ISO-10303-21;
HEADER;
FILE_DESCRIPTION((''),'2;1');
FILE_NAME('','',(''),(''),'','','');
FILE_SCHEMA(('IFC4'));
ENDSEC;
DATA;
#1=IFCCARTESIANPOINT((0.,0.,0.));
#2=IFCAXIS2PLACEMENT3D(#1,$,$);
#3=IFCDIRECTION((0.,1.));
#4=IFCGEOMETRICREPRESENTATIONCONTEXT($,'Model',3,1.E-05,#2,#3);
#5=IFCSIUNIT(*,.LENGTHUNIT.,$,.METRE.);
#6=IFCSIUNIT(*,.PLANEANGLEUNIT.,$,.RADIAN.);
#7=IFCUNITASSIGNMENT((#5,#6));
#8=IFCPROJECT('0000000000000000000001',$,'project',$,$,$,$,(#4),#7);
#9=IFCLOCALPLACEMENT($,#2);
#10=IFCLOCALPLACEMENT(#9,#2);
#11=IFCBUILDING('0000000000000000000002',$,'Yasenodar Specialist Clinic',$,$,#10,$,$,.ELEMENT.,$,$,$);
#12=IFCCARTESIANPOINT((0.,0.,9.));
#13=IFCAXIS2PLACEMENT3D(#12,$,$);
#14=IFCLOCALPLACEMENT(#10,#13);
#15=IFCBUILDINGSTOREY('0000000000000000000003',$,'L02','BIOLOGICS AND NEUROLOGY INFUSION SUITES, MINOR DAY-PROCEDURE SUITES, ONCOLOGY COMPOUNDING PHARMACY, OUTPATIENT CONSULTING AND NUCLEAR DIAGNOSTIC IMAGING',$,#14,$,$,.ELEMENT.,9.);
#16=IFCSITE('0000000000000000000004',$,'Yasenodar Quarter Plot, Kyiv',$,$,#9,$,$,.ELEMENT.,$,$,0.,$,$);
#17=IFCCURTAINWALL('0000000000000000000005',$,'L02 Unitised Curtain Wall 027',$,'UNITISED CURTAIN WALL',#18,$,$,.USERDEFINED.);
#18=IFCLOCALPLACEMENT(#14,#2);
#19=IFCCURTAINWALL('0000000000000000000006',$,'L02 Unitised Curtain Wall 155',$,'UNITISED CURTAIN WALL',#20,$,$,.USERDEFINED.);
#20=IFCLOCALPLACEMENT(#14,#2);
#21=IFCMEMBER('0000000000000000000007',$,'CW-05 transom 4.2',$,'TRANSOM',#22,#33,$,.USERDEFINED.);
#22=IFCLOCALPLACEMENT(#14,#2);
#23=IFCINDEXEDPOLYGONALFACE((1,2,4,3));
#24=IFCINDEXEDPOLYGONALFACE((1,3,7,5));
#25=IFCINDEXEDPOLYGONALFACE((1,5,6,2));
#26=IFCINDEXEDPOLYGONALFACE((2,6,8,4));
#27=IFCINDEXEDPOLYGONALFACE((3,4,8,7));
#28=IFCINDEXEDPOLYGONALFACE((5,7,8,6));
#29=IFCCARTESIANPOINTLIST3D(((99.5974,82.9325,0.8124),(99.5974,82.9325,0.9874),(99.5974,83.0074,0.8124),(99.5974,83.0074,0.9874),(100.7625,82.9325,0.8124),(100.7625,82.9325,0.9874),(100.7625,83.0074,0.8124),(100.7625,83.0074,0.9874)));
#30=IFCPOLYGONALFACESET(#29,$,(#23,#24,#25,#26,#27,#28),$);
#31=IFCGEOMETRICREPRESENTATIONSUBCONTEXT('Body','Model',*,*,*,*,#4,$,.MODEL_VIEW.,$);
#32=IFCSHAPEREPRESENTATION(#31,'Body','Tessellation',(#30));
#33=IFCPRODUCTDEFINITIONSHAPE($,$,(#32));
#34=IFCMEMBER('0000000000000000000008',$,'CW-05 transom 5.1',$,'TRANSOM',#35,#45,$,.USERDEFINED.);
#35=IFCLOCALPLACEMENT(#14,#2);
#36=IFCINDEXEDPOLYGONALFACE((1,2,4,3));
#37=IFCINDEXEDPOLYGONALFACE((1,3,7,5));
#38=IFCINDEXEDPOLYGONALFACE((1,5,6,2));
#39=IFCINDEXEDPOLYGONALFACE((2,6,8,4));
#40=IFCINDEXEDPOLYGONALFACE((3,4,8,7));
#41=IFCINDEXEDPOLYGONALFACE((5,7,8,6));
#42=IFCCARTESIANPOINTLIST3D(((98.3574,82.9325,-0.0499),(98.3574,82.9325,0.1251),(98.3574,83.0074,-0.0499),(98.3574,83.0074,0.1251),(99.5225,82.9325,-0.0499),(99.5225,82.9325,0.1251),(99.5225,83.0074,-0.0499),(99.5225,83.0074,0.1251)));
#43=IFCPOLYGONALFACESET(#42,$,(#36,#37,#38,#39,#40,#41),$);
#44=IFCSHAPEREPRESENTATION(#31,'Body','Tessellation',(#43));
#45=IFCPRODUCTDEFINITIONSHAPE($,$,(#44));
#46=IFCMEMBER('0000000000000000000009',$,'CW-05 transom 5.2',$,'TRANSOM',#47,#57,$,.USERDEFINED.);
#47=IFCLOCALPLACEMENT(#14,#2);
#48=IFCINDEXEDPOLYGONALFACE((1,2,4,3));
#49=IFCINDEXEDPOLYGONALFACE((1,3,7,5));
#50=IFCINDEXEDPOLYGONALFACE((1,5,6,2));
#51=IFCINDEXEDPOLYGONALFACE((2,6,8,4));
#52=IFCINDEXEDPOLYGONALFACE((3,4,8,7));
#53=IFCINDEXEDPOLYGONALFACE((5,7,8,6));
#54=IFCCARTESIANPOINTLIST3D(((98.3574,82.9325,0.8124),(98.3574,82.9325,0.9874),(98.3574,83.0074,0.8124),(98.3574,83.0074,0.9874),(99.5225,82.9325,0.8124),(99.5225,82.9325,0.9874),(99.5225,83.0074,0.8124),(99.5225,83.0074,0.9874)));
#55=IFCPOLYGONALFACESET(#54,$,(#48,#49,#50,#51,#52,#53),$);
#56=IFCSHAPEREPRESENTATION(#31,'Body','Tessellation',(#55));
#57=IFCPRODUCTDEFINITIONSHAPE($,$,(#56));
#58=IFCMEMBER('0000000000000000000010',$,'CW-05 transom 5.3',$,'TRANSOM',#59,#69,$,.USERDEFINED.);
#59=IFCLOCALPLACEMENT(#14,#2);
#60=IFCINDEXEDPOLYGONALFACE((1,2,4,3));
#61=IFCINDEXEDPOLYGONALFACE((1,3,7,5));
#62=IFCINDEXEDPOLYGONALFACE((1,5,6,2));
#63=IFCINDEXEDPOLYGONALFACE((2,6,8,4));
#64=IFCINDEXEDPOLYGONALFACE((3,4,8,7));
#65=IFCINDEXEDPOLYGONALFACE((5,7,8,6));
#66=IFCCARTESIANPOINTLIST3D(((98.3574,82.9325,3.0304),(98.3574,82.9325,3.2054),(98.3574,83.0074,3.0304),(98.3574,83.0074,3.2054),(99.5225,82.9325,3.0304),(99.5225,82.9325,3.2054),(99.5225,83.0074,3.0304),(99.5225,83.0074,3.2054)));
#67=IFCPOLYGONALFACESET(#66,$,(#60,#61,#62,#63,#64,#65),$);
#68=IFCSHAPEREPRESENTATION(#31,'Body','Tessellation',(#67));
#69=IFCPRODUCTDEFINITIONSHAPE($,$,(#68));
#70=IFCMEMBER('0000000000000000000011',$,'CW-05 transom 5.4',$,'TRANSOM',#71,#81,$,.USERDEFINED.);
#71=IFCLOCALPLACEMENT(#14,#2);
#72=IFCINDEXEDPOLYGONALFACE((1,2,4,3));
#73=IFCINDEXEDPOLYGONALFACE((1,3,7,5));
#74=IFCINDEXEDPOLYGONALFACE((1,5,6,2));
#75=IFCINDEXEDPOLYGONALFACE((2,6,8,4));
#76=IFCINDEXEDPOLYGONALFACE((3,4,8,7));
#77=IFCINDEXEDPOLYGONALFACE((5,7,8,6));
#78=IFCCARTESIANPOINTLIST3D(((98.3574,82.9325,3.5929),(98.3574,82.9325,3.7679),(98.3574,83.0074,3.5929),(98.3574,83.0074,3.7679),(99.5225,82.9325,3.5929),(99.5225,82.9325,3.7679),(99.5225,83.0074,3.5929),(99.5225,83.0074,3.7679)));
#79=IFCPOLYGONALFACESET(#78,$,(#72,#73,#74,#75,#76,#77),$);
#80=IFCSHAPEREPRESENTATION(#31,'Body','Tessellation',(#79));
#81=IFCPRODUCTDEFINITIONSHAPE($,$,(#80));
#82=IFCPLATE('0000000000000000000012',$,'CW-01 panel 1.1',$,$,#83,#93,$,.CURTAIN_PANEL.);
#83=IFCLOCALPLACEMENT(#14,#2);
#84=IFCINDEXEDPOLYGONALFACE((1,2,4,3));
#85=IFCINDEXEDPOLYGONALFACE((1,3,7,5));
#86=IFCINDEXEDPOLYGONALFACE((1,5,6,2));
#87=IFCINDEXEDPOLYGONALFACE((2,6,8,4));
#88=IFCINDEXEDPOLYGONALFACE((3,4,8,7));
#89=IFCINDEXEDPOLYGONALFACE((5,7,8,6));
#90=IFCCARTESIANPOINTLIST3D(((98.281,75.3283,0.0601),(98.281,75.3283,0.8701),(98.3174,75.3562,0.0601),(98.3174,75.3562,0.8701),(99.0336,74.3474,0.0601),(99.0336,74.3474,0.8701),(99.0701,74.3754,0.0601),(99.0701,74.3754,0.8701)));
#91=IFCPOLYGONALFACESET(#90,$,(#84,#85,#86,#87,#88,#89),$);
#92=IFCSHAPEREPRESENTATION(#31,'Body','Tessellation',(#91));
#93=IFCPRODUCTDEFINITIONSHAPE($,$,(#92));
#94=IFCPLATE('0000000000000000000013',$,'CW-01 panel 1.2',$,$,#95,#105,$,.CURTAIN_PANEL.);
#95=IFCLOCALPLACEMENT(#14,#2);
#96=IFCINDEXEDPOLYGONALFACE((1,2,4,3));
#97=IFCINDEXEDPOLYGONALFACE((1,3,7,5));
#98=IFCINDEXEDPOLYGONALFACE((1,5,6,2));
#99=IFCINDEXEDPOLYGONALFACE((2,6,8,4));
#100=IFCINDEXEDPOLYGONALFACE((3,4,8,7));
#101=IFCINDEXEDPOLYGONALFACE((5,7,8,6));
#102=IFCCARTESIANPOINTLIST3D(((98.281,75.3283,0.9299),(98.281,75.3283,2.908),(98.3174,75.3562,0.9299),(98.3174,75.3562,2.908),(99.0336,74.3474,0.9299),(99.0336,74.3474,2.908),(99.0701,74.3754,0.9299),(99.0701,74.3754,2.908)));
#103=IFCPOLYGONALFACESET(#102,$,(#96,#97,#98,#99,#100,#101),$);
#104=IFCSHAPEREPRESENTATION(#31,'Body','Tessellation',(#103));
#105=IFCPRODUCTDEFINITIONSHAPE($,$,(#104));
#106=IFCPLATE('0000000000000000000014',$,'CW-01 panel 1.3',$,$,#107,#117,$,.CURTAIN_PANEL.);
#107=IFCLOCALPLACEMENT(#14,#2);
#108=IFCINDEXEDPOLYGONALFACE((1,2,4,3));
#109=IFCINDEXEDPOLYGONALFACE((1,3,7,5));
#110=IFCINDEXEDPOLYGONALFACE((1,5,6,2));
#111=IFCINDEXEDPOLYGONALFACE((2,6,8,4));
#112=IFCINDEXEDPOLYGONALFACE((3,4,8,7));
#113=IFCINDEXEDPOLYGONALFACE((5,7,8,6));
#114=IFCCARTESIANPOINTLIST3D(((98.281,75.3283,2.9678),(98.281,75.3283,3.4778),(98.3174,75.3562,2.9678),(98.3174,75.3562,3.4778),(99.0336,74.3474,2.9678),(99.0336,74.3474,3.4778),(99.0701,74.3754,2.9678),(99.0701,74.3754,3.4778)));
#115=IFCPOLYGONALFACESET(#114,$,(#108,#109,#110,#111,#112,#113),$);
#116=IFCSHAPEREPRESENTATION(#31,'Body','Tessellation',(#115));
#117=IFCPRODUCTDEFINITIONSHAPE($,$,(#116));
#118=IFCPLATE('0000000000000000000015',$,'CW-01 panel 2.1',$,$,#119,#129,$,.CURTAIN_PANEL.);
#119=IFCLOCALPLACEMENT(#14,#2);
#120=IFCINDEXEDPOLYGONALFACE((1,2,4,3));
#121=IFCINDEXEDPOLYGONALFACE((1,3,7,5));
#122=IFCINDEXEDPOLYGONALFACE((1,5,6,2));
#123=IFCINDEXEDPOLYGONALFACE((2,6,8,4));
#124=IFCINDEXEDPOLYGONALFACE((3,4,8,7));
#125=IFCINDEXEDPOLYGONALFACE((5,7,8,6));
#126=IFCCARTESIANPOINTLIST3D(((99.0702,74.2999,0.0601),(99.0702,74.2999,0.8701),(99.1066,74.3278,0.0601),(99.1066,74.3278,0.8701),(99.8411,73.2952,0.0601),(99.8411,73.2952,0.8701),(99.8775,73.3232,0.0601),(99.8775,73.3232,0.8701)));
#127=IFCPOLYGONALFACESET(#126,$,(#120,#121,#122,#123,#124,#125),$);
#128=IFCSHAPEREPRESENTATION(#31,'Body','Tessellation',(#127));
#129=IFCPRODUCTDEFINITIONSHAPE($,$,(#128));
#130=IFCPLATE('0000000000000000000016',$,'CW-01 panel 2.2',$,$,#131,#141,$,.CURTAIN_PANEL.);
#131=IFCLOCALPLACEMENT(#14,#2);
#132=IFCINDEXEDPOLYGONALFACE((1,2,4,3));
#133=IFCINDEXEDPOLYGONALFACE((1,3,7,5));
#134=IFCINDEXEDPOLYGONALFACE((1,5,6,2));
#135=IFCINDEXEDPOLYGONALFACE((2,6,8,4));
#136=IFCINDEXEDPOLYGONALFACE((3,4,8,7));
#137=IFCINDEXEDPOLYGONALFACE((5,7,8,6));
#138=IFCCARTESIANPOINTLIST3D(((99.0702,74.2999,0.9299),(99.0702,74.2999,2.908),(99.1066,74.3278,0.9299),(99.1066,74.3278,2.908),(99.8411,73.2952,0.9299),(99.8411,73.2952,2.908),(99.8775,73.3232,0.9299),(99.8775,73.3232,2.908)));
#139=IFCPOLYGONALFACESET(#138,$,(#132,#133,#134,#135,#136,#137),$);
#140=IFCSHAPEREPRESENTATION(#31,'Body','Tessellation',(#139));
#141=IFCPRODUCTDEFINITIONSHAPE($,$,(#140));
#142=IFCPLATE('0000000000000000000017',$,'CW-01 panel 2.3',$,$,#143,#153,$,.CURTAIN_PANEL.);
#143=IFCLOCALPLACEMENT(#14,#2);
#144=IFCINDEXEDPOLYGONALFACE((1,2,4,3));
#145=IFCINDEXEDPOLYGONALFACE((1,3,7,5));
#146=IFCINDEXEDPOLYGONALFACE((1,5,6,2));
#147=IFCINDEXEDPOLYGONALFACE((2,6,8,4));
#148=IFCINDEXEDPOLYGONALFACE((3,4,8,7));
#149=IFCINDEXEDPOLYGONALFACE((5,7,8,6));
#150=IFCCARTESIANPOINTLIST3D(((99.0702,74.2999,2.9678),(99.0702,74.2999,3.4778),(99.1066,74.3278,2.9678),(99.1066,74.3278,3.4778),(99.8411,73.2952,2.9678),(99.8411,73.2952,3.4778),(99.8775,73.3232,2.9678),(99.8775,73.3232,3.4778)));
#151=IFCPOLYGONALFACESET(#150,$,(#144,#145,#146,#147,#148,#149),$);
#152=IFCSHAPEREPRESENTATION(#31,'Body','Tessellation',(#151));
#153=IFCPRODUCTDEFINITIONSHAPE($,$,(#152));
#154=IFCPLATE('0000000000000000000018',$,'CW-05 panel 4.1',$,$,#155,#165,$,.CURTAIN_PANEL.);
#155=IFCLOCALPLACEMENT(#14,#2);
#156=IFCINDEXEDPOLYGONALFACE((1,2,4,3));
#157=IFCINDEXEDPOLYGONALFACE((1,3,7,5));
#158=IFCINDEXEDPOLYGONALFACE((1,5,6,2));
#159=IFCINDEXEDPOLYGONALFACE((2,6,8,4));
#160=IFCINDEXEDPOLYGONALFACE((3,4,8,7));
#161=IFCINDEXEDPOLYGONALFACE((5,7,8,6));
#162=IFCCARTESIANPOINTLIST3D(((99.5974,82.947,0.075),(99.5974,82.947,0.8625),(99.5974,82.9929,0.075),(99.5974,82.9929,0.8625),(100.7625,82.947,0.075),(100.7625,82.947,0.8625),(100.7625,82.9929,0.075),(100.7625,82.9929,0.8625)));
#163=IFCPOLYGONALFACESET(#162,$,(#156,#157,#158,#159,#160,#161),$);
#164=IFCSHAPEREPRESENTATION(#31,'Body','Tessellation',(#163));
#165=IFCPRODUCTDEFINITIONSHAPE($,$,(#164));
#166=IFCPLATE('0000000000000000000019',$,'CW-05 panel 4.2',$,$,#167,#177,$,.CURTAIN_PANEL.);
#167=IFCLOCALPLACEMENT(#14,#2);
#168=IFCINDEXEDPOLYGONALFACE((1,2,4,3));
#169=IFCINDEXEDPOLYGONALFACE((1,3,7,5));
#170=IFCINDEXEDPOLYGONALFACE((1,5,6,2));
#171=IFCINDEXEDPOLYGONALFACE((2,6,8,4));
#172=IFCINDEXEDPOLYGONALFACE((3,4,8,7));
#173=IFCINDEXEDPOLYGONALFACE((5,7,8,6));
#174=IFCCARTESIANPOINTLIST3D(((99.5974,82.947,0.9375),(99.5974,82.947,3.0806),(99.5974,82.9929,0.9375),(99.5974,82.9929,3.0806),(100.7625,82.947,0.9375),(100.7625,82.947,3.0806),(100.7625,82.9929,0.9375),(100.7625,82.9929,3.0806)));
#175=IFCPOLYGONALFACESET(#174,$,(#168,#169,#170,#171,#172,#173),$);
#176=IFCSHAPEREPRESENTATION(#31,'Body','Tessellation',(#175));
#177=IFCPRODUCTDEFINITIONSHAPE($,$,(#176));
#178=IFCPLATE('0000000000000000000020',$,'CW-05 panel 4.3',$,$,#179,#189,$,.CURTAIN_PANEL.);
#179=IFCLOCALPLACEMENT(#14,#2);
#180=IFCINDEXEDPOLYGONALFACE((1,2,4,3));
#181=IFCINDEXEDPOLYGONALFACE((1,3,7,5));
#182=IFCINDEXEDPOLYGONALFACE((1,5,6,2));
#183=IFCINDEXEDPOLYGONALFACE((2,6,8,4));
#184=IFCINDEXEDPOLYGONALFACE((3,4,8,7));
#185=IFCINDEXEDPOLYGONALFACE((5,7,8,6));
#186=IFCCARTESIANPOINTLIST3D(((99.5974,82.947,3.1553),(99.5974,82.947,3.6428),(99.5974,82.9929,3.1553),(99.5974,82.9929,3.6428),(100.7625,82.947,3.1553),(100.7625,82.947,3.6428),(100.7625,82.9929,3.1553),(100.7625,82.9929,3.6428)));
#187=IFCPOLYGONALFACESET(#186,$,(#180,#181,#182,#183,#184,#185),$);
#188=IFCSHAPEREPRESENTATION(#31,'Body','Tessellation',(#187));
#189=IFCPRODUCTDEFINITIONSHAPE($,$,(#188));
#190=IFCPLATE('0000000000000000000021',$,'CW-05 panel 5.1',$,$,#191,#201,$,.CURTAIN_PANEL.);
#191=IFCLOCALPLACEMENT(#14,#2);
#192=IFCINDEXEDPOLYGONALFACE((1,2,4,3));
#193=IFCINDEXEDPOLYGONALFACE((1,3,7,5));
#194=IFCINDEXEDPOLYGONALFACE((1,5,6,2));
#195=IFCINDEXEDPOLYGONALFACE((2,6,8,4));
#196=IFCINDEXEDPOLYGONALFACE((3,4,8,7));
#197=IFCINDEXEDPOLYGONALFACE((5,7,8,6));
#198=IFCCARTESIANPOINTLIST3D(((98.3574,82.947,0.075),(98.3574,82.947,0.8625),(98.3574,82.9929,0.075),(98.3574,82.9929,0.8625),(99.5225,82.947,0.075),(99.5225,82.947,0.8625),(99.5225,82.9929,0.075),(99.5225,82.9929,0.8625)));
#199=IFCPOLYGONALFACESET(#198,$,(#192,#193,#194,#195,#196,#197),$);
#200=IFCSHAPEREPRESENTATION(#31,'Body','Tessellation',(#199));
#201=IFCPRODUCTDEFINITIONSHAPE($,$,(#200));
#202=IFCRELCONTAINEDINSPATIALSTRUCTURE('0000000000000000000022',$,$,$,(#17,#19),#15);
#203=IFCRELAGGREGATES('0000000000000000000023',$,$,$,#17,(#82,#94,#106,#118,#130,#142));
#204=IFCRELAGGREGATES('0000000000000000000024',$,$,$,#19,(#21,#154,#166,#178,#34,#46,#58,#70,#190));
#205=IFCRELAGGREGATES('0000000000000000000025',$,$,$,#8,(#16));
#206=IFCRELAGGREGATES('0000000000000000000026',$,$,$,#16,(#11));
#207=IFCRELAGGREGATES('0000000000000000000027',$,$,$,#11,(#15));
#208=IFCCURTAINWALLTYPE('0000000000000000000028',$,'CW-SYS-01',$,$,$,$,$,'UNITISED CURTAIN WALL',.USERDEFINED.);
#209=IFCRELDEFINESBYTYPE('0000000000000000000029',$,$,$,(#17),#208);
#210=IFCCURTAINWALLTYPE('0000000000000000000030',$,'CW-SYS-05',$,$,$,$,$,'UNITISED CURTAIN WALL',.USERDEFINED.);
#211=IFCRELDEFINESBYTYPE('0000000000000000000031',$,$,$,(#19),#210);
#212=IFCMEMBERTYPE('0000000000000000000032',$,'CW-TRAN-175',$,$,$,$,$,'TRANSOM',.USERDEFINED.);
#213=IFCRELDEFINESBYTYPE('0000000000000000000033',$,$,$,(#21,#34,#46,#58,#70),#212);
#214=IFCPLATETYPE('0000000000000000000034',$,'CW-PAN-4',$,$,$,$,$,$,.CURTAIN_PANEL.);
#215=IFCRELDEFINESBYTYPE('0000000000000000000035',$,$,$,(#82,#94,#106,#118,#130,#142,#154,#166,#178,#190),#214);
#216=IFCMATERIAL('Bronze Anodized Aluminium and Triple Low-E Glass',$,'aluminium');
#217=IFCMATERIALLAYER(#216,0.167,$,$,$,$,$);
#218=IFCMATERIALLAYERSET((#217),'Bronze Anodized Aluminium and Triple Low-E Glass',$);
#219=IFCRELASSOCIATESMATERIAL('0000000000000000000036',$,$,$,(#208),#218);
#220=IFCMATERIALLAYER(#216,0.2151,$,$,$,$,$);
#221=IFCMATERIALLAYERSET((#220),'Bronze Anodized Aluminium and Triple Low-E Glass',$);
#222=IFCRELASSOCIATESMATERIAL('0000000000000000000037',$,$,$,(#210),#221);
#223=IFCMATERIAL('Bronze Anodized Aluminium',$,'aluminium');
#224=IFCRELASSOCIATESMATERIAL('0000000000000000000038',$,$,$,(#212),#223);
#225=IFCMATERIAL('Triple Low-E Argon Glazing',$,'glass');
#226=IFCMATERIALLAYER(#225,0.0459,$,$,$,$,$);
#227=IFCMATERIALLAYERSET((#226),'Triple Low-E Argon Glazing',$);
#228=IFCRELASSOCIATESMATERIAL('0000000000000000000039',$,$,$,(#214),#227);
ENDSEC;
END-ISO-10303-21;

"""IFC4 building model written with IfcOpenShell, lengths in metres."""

from ifc_helpers import new_model, si_unit, direction, frame, origin, origin_2d, place, context, subcontext, project, spatial, rectangle, extrude, material, layer, layer_set, material_profile, profile_set, type_object, element, aggregate, save


model = new_model("IFC4")

# Units and contexts
model_context = context("Model", 3, precision=1e-05, world=origin(), true_north=direction((0.0, 1.0)))
body_context = subcontext(model_context, "Body", "Model", "MODEL_VIEW")
ifc_project = project(units=[si_unit("LENGTHUNIT", "METRE"), si_unit("PLANEANGLEUNIT", "RADIAN")], contexts=[model_context])

# Site, building, storey
site_placement = place(None, origin())
site = spatial("IfcSite", under=ifc_project, at=site_placement, Name="Yasenodar Quarter Plot, Kyiv", CompositionType="ELEMENT", RefElevation=0.0)
building_placement = place(site_placement, origin())
building = spatial("IfcBuilding", under=site, at=building_placement, Name="Yasenodar Specialist Clinic", CompositionType="ELEMENT")
storey_placement = place(building_placement, frame((0.0, 0.0, 9.0)))
storey = spatial("IfcBuildingStorey", under=building, at=storey_placement, Name="L02", Description="BIOLOGICS AND NEUROLOGY INFUSION SUITES, MINOR DAY-PROCEDURE SUITES, ONCOLOGY COMPOUNDING PHARMACY, OUTPATIENT CONSULTING AND NUCLEAR DIAGNOSTIC IMAGING", CompositionType="ELEMENT", Elevation=9.0)

# Curtain walls
ifc_material_1 = material(Name="Bronze Anodized Aluminium and Triple Low-E Glass", Category="aluminium")
ifc_layer_1 = layer(ifc_material_1, 0.167)
ifc_layer_set_1 = layer_set([ifc_layer_1], Name="Bronze Anodized Aluminium and Triple Low-E Glass")
curtain_wall_type_1 = type_object("IfcCurtainWallType", Name="CW-SYS-01", ElementType="UNITISED CURTAIN WALL", PredefinedType="USERDEFINED", material=ifc_layer_set_1)
curtain_wall_1_placement = place(storey_placement, origin())
curtain_wall_1 = element("IfcCurtainWall", 1, at=curtain_wall_1_placement, inside=storey, type_object=curtain_wall_type_1, Name="L02 Unitised Curtain Wall 027", ObjectType="UNITISED CURTAIN WALL", PredefinedType="USERDEFINED")
ifc_material_2 = material(Name="Bronze Anodized Aluminium", Category="aluminium")
ifc_layer_2 = layer(ifc_material_1, 0.2151)
ifc_layer_set_2 = layer_set([ifc_layer_2], Name="Bronze Anodized Aluminium and Triple Low-E Glass")
curtain_wall_type_2 = type_object("IfcCurtainWallType", Name="CW-SYS-05", ElementType="UNITISED CURTAIN WALL", PredefinedType="USERDEFINED", material=ifc_layer_set_2)
curtain_wall_2_placement = place(storey_placement, origin())
curtain_wall_2 = element("IfcCurtainWall", 2, at=curtain_wall_2_placement, inside=storey, type_object=curtain_wall_type_2, Name="L02 Unitised Curtain Wall 155", ObjectType="UNITISED CURTAIN WALL", PredefinedType="USERDEFINED")

# Members
ifc_material_profile_1 = material_profile(ifc_material_2, rectangle(XDim=0.075, YDim=0.175, at=origin_2d()), Name="CW-TRAN 75x175")
ifc_profile_set_1 = profile_set([ifc_material_profile_1], Name="Bronze Anodized Aluminium")
member_type_1 = type_object("IfcMemberType", Name="CW-TRAN-175", ElementType="TRANSOM", PredefinedType="USERDEFINED", material=ifc_profile_set_1)
member_1_placement = place(storey_placement, frame((100.7625, 82.97, 0.8999), z_axis=(-1.0, 0.0, 0.0), x_axis=(0.0, -1.0, 0.0)))
member_1 = element("IfcMember", 3, at=member_1_placement, type_object=member_type_1, Name="CW-05 transom 4.2", ObjectType="TRANSOM", PredefinedType="USERDEFINED", context=body_context, shape_type="SweptSolid", body=[
    extrude(rectangle(XDim=0.075, YDim=0.175, at=origin_2d()), origin(), (0.0, 0.0, 1.0), 1.165),
])
member_2_placement = place(storey_placement, frame((99.5225, 82.97, 0.0376), z_axis=(-1.0, 0.0, 0.0), x_axis=(0.0, -1.0, 0.0)))
member_2 = element("IfcMember", 4, at=member_2_placement, type_object=member_type_1, Name="CW-05 transom 5.1", ObjectType="TRANSOM", PredefinedType="USERDEFINED", context=body_context, shape_type="SweptSolid", body=[
    extrude(rectangle(XDim=0.075, YDim=0.175, at=origin_2d()), origin(), (0.0, 0.0, 1.0), 1.165),
])
member_3_placement = place(storey_placement, frame((99.5225, 82.97, 0.8999), z_axis=(-1.0, 0.0, 0.0), x_axis=(0.0, -1.0, 0.0)))
member_3 = element("IfcMember", 5, at=member_3_placement, type_object=member_type_1, Name="CW-05 transom 5.2", ObjectType="TRANSOM", PredefinedType="USERDEFINED", context=body_context, shape_type="SweptSolid", body=[
    extrude(rectangle(XDim=0.075, YDim=0.175, at=origin_2d()), origin(), (0.0, 0.0, 1.0), 1.165),
])
member_4_placement = place(storey_placement, frame((99.5225, 82.97, 3.1179), z_axis=(-1.0, 0.0, 0.0), x_axis=(0.0, -1.0, 0.0)))
member_4 = element("IfcMember", 6, at=member_4_placement, type_object=member_type_1, Name="CW-05 transom 5.3", ObjectType="TRANSOM", PredefinedType="USERDEFINED", context=body_context, shape_type="SweptSolid", body=[
    extrude(rectangle(XDim=0.075, YDim=0.175, at=origin_2d()), origin(), (0.0, 0.0, 1.0), 1.165),
])
member_5_placement = place(storey_placement, frame((99.5225, 82.97, 3.6804), z_axis=(-1.0, 0.0, 0.0), x_axis=(0.0, -1.0, 0.0)))
member_5 = element("IfcMember", 7, at=member_5_placement, type_object=member_type_1, Name="CW-05 transom 5.4", ObjectType="TRANSOM", PredefinedType="USERDEFINED", context=body_context, shape_type="SweptSolid", body=[
    extrude(rectangle(XDim=0.075, YDim=0.175, at=origin_2d()), origin(), (0.0, 0.0, 1.0), 1.165),
])

# Plates
ifc_material_3 = material(Name="Triple Low-E Argon Glazing", Category="glass")
ifc_layer_3 = layer(ifc_material_3, 0.0459)
ifc_layer_set_3 = layer_set([ifc_layer_3], Name="Triple Low-E Argon Glazing")
plate_type_1 = type_object("IfcPlateType", Name="CW-PAN-4", PredefinedType="CURTAIN_PANEL", material=ifc_layer_set_3)
plate_1_placement = place(storey_placement, frame((98.6755, 74.8518, 0.0601), z_axis=(0.0, 0.0, 1.0), x_axis=(0.608752, -0.793361, 0.0)))
plate_1 = element("IfcPlate", 8, at=plate_1_placement, type_object=plate_type_1, Name="CW-01 panel 1.1", PredefinedType="CURTAIN_PANEL", context=body_context, shape_type="SweptSolid", body=[
    extrude(rectangle(XDim=1.2363, YDim=0.0459, at=origin_2d()), origin(), (0.0, 0.0, 1.0), 0.8101),
])
plate_2_placement = place(storey_placement, frame((98.6755, 74.8518, 0.9299), z_axis=(0.0, 0.0, 1.0), x_axis=(0.608752, -0.793361, 0.0)))
plate_2 = element("IfcPlate", 9, at=plate_2_placement, type_object=plate_type_1, Name="CW-01 panel 1.2", PredefinedType="CURTAIN_PANEL", context=body_context, shape_type="SweptSolid", body=[
    extrude(rectangle(XDim=1.2363, YDim=0.0459, at=origin_2d()), origin(), (0.0, 0.0, 1.0), 1.978),
])
plate_3_placement = place(storey_placement, frame((98.6755, 74.8518, 2.9678), z_axis=(0.0, 0.0, 1.0), x_axis=(0.608752, -0.793361, 0.0)))
plate_3 = element("IfcPlate", 10, at=plate_3_placement, type_object=plate_type_1, Name="CW-01 panel 1.3", PredefinedType="CURTAIN_PANEL", context=body_context, shape_type="SweptSolid", body=[
    extrude(rectangle(XDim=1.2363, YDim=0.0459, at=origin_2d()), origin(), (0.0, 0.0, 1.0), 0.51),
])
plate_4_placement = place(storey_placement, frame((99.4739, 73.8115, 0.0601), z_axis=(0.0, 0.0, 1.0), x_axis=(0.608752, -0.793361, 0.0)))
plate_4 = element("IfcPlate", 11, at=plate_4_placement, type_object=plate_type_1, Name="CW-01 panel 2.1", PredefinedType="CURTAIN_PANEL", context=body_context, shape_type="SweptSolid", body=[
    extrude(rectangle(XDim=1.2664, YDim=0.0459, at=origin_2d()), origin(), (0.0, 0.0, 1.0), 0.8101),
])
plate_5_placement = place(storey_placement, frame((99.4739, 73.8115, 0.9299), z_axis=(0.0, 0.0, 1.0), x_axis=(0.608752, -0.793361, 0.0)))
plate_5 = element("IfcPlate", 12, at=plate_5_placement, type_object=plate_type_1, Name="CW-01 panel 2.2", PredefinedType="CURTAIN_PANEL", context=body_context, shape_type="SweptSolid", body=[
    extrude(rectangle(XDim=1.2664, YDim=0.0459, at=origin_2d()), origin(), (0.0, 0.0, 1.0), 1.978),
])
plate_6_placement = place(storey_placement, frame((99.4739, 73.8115, 2.9678), z_axis=(0.0, 0.0, 1.0), x_axis=(0.608752, -0.793361, 0.0)))
plate_6 = element("IfcPlate", 13, at=plate_6_placement, type_object=plate_type_1, Name="CW-01 panel 2.3", PredefinedType="CURTAIN_PANEL", context=body_context, shape_type="SweptSolid", body=[
    extrude(rectangle(XDim=1.2664, YDim=0.0459, at=origin_2d()), origin(), (0.0, 0.0, 1.0), 0.51),
])
aggregate(curtain_wall_1, [plate_1, plate_2, plate_3, plate_4, plate_5, plate_6])
plate_7_placement = place(storey_placement, frame((100.1799, 82.97, 0.075), z_axis=(0.0, 0.0, 1.0), x_axis=(-1.0, 0.0, 0.0)))
plate_7 = element("IfcPlate", 14, at=plate_7_placement, type_object=plate_type_1, Name="CW-05 panel 4.1", PredefinedType="CURTAIN_PANEL", context=body_context, shape_type="SweptSolid", body=[
    extrude(rectangle(XDim=1.165, YDim=0.0459, at=origin_2d()), origin(), (0.0, 0.0, 1.0), 0.7876),
])
plate_8_placement = place(storey_placement, frame((100.1799, 82.97, 0.9375), z_axis=(0.0, 0.0, 1.0), x_axis=(-1.0, 0.0, 0.0)))
plate_8 = element("IfcPlate", 15, at=plate_8_placement, type_object=plate_type_1, Name="CW-05 panel 4.2", PredefinedType="CURTAIN_PANEL", context=body_context, shape_type="SweptSolid", body=[
    extrude(rectangle(XDim=1.165, YDim=0.0459, at=origin_2d()), origin(), (0.0, 0.0, 1.0), 2.1431),
])
plate_9_placement = place(storey_placement, frame((100.1799, 82.97, 3.1553), z_axis=(0.0, 0.0, 1.0), x_axis=(-1.0, 0.0, 0.0)))
plate_9 = element("IfcPlate", 16, at=plate_9_placement, type_object=plate_type_1, Name="CW-05 panel 4.3", PredefinedType="CURTAIN_PANEL", context=body_context, shape_type="SweptSolid", body=[
    extrude(rectangle(XDim=1.165, YDim=0.0459, at=origin_2d()), origin(), (0.0, 0.0, 1.0), 0.4875),
])
plate_10_placement = place(storey_placement, frame((98.9399, 82.97, 0.075), z_axis=(0.0, 0.0, 1.0), x_axis=(-1.0, 0.0, 0.0)))
plate_10 = element("IfcPlate", 17, at=plate_10_placement, type_object=plate_type_1, Name="CW-05 panel 5.1", PredefinedType="CURTAIN_PANEL", context=body_context, shape_type="SweptSolid", body=[
    extrude(rectangle(XDim=1.165, YDim=0.0459, at=origin_2d()), origin(), (0.0, 0.0, 1.0), 0.7876),
])
aggregate(curtain_wall_2, [member_1, plate_7, plate_8, plate_9, member_2, member_3, member_4, member_5, plate_10])

save(model, "model.ifc")
